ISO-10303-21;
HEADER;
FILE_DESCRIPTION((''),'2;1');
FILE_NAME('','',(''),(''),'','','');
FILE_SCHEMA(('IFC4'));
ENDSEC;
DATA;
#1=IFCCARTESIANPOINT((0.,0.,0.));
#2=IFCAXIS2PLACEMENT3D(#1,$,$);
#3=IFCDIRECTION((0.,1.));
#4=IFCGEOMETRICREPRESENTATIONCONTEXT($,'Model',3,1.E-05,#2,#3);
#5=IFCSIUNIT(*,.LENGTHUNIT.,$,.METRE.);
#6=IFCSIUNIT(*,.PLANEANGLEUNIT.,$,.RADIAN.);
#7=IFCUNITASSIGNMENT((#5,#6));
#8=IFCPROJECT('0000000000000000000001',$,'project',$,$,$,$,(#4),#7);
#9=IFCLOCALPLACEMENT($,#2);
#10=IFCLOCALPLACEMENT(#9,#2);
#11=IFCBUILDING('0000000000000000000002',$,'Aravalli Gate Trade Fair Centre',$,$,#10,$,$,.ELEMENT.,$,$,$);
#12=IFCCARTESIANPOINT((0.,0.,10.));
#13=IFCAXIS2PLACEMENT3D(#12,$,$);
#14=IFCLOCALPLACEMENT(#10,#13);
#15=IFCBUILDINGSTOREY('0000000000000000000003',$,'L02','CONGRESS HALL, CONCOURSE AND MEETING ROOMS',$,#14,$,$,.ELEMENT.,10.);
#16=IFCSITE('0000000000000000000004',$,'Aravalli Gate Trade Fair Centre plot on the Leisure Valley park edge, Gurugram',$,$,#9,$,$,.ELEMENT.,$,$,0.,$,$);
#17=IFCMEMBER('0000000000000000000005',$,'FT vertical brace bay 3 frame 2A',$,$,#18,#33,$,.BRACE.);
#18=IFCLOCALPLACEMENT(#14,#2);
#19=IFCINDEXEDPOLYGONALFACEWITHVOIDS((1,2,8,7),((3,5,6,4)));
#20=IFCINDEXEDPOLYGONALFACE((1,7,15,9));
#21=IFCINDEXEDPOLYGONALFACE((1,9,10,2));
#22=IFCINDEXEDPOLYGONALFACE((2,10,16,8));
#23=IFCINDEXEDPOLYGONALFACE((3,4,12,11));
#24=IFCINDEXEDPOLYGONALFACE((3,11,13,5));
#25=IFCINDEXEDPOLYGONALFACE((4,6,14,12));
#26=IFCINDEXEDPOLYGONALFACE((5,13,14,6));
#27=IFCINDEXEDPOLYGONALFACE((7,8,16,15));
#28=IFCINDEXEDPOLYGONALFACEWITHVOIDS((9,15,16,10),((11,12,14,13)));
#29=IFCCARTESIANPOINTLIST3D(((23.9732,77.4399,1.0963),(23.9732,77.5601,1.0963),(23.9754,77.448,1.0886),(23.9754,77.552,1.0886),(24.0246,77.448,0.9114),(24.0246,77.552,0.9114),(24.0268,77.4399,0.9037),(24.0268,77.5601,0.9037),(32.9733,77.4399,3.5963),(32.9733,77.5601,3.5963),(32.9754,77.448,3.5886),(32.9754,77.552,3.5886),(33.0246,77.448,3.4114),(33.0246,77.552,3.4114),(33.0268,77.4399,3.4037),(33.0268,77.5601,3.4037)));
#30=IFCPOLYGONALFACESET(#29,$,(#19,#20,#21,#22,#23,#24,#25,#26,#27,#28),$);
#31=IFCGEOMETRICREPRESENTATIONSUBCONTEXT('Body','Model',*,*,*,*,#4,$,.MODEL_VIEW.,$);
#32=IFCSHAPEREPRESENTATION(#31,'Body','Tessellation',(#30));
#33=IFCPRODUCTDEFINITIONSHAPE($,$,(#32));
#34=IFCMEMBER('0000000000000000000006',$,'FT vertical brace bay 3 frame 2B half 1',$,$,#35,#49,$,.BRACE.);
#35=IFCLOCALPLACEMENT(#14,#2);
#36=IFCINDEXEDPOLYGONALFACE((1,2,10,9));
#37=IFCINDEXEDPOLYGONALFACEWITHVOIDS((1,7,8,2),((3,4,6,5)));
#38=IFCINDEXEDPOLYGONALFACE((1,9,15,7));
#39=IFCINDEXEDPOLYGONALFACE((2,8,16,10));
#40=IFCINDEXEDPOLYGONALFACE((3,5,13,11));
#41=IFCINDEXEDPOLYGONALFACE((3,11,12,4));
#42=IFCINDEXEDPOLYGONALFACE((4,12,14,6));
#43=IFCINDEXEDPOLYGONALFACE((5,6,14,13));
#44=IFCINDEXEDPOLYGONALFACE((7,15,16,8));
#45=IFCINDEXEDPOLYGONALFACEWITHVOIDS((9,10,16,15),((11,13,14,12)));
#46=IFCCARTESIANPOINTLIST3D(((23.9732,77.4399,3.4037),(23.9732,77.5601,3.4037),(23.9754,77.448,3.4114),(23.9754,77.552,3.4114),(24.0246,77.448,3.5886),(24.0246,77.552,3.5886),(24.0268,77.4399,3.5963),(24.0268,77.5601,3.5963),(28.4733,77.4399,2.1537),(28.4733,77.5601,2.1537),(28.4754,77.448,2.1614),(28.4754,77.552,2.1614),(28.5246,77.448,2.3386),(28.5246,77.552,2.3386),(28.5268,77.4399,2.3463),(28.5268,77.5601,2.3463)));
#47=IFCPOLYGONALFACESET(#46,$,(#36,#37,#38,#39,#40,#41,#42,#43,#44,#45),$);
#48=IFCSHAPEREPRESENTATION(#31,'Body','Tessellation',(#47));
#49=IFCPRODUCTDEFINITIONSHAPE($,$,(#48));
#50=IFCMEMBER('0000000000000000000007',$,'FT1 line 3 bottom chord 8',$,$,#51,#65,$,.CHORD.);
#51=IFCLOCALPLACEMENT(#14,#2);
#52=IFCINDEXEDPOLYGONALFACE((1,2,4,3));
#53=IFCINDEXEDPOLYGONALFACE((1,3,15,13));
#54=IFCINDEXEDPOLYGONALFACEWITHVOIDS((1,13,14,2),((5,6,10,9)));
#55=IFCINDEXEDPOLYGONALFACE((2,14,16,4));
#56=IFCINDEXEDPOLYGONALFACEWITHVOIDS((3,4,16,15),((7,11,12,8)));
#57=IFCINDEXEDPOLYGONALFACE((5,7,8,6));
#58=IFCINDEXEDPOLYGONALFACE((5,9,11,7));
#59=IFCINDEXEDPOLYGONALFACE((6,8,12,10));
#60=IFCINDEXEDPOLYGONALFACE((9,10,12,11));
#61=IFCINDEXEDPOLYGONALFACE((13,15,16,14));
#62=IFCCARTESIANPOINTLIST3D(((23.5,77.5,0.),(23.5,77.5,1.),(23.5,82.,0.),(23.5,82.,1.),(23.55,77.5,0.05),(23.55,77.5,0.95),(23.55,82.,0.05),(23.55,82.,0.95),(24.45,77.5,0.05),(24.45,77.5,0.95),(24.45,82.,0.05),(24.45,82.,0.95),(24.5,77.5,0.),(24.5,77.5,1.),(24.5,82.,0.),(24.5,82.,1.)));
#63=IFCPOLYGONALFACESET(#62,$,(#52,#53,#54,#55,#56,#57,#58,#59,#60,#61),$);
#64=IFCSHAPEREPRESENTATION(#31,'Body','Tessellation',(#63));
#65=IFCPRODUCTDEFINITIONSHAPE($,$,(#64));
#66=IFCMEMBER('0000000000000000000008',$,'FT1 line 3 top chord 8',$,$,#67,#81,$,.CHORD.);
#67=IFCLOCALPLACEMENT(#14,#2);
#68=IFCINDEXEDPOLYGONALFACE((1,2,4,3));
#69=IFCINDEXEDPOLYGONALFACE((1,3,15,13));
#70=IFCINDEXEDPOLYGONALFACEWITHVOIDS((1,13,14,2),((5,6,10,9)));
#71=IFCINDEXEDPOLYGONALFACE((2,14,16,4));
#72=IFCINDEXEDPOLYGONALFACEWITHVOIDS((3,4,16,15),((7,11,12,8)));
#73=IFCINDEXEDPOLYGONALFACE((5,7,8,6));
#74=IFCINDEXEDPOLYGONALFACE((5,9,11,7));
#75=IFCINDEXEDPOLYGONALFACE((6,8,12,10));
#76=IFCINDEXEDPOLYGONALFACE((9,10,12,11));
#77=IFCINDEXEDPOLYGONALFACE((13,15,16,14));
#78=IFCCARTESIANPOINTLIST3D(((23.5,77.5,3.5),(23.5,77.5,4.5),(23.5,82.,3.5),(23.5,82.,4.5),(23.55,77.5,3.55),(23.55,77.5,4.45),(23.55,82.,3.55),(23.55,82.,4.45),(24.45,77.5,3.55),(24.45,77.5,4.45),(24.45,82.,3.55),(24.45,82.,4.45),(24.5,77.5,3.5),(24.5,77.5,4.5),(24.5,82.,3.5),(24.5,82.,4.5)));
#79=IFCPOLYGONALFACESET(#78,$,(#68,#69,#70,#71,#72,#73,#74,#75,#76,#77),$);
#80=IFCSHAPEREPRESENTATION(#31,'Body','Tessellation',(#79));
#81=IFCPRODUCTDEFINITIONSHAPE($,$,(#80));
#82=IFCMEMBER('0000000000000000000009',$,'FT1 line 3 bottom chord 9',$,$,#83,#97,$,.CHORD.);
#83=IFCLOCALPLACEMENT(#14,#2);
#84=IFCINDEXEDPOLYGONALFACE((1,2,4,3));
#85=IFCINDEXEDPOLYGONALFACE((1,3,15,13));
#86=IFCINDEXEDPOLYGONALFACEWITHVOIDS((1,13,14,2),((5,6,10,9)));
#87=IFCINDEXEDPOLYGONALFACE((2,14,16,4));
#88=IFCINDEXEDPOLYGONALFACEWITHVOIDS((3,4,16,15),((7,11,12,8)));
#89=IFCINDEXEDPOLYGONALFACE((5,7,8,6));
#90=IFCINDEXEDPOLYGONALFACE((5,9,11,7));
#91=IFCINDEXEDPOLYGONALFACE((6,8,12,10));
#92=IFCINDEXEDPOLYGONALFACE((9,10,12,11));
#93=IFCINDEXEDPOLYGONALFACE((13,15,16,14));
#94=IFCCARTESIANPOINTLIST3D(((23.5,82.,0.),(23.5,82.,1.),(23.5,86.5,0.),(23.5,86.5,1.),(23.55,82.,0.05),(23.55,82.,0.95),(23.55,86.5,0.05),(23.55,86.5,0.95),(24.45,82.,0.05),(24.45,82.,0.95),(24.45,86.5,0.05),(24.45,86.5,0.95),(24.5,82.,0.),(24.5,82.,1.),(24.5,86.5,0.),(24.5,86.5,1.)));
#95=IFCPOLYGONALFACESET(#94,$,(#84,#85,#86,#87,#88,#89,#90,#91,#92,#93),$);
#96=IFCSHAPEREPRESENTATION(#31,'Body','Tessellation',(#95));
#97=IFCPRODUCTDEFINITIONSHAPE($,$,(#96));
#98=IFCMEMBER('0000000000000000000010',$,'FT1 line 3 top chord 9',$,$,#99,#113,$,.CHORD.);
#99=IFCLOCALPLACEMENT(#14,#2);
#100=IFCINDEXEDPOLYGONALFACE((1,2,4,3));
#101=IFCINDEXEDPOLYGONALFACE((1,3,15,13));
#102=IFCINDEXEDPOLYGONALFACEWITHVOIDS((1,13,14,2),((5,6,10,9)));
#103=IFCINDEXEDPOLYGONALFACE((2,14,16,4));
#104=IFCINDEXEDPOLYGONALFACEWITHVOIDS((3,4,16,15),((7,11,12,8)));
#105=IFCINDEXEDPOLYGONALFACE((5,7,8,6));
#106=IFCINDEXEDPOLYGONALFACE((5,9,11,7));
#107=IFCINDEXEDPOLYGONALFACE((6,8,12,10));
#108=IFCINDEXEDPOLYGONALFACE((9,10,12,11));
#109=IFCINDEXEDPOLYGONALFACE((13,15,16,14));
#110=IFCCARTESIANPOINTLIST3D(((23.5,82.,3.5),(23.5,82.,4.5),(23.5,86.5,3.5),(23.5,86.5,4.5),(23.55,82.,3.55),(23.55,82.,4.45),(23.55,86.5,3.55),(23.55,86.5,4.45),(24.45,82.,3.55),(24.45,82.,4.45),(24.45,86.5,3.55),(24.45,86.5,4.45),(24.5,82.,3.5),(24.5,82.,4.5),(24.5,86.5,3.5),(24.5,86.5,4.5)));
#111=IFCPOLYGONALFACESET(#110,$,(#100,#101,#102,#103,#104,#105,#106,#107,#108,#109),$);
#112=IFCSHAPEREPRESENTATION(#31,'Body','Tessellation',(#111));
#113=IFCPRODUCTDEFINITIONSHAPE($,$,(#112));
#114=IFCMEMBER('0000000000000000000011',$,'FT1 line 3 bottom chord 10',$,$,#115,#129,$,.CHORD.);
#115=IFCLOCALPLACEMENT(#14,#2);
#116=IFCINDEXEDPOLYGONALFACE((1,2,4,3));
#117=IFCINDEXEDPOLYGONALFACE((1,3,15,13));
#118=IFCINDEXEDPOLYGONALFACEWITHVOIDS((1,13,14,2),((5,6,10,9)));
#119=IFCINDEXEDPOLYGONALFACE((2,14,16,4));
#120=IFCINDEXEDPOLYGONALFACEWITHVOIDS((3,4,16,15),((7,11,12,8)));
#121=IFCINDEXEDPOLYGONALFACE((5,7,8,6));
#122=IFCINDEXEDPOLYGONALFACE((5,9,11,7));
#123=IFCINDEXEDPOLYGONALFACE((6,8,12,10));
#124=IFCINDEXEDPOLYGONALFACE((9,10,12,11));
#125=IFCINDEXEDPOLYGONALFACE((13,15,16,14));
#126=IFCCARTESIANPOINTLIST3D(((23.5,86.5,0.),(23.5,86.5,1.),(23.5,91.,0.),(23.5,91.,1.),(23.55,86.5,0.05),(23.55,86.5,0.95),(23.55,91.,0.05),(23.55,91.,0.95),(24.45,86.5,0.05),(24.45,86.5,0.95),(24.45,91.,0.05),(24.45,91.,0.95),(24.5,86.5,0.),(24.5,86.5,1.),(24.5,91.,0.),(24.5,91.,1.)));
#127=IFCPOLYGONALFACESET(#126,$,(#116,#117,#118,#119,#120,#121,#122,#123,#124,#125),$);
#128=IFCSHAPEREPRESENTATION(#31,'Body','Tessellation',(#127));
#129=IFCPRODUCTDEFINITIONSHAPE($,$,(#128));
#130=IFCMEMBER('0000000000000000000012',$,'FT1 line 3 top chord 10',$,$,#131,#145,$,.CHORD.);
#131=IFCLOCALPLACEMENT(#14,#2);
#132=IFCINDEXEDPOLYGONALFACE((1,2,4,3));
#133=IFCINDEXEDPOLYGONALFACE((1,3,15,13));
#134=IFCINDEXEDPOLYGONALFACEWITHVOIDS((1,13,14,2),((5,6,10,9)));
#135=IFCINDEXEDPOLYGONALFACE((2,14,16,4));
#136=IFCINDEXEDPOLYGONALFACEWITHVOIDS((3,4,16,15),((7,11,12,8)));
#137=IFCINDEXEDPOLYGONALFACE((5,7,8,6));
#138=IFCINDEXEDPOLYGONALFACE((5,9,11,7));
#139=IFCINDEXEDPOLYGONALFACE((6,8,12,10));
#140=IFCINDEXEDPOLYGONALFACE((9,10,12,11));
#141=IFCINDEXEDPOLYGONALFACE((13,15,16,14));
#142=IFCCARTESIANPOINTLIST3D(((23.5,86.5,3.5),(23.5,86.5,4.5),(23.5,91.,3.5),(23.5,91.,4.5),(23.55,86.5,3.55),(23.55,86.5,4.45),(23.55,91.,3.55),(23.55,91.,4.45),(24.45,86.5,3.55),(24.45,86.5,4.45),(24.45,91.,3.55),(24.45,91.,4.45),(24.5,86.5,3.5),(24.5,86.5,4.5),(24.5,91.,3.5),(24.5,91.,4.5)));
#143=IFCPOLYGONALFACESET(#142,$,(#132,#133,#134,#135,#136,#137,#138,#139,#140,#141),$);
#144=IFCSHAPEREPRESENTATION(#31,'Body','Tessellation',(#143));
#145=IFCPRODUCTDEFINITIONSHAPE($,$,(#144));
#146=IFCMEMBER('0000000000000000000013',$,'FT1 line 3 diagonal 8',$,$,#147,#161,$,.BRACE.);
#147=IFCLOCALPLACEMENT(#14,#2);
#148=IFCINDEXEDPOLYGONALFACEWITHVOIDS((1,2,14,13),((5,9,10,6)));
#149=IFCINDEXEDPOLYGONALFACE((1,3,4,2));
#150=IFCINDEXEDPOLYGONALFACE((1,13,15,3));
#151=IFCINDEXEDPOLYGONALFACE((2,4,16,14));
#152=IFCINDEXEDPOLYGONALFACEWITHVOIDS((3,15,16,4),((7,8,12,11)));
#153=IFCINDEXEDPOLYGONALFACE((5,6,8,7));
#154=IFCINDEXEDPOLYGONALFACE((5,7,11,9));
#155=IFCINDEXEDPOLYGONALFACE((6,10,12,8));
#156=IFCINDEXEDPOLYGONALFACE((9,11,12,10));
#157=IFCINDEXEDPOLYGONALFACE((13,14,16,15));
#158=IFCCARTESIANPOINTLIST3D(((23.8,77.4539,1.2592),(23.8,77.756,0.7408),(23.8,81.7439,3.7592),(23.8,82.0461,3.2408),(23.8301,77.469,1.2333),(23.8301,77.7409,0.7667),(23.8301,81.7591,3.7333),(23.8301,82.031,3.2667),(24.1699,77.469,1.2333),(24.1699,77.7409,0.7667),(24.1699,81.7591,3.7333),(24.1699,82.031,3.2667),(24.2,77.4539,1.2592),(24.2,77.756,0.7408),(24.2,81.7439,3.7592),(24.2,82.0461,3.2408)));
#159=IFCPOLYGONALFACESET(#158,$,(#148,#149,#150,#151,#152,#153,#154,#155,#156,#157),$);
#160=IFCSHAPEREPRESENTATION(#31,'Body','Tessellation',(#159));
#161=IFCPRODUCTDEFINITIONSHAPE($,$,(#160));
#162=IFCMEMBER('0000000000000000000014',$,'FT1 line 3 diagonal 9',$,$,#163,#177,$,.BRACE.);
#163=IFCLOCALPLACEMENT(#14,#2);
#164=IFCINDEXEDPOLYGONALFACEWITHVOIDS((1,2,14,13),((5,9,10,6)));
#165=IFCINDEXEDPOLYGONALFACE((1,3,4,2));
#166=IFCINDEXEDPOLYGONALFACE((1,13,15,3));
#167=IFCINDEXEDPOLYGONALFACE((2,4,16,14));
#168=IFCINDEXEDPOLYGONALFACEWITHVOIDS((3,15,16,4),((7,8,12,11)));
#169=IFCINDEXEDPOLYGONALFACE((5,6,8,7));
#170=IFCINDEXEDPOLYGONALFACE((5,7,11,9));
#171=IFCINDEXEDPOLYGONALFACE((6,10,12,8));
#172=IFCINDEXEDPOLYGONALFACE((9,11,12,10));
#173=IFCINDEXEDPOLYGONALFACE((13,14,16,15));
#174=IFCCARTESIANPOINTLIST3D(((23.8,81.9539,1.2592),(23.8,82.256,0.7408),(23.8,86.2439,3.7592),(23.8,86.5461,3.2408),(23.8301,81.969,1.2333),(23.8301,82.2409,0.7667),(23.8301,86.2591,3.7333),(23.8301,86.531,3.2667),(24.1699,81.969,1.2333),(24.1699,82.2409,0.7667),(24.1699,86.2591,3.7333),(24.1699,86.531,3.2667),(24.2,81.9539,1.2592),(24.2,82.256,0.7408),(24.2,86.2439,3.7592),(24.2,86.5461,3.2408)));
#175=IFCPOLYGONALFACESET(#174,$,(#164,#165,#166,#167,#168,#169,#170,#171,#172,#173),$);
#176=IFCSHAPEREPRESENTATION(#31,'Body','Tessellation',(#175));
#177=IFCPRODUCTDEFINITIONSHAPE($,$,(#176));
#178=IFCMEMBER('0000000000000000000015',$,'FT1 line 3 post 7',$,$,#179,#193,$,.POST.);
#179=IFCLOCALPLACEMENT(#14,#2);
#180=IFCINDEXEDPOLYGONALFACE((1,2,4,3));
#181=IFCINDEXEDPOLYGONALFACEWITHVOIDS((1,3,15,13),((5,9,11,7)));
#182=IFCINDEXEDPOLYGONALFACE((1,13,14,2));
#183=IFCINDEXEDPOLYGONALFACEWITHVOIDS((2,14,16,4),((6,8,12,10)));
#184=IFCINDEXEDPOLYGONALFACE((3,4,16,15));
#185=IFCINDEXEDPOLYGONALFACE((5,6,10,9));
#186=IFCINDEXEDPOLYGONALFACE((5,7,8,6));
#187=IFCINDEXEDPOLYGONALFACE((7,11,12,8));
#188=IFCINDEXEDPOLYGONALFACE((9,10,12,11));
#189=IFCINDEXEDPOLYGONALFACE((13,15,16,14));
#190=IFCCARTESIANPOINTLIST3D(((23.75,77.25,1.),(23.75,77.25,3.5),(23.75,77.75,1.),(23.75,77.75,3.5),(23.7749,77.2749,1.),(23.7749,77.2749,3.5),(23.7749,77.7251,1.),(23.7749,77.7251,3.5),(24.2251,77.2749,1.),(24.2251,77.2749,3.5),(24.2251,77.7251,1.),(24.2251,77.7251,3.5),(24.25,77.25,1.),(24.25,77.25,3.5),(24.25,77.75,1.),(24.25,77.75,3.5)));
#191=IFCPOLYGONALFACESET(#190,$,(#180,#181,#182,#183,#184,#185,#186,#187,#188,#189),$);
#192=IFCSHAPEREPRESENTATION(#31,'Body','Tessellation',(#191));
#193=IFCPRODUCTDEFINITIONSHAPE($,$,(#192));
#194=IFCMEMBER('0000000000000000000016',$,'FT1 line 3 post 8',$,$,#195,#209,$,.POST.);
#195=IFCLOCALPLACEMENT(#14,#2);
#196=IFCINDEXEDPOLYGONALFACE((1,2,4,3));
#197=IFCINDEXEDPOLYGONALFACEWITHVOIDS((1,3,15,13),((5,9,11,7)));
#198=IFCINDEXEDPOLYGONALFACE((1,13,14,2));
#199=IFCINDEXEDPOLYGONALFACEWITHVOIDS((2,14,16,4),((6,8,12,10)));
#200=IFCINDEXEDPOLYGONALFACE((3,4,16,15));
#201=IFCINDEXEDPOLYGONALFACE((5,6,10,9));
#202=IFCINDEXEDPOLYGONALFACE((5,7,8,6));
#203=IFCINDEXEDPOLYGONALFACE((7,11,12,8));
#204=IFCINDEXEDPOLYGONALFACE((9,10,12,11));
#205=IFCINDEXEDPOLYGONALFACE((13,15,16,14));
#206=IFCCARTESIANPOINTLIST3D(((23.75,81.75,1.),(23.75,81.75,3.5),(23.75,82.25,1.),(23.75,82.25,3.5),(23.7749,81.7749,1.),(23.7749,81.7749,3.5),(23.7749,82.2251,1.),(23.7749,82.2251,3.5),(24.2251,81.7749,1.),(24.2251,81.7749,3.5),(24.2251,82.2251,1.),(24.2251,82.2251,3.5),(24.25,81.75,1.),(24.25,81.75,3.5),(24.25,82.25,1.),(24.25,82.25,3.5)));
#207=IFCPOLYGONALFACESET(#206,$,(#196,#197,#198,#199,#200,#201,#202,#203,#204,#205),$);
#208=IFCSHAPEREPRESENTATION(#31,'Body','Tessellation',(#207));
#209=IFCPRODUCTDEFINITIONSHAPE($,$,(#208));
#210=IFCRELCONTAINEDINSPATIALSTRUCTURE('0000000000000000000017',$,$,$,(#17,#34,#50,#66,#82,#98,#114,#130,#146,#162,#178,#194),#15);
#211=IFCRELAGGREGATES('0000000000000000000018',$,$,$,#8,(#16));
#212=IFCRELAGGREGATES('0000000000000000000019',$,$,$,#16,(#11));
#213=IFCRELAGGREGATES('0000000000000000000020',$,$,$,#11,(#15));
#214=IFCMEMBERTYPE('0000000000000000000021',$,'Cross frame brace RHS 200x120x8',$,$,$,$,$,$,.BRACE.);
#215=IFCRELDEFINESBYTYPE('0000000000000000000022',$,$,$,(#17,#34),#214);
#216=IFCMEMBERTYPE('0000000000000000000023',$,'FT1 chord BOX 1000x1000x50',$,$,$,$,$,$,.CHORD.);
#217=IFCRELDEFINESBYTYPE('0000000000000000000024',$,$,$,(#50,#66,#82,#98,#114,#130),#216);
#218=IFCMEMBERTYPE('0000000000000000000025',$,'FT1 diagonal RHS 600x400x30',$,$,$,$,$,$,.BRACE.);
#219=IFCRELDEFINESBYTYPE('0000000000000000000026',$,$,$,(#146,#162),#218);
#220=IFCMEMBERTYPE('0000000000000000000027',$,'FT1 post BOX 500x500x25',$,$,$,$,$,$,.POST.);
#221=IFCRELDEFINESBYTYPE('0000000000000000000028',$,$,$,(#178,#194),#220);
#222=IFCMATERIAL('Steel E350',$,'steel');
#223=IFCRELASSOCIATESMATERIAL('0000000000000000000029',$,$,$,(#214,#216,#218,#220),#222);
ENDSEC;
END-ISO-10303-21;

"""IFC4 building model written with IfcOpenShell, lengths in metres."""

from ifc_helpers import new_model, si_unit, direction, frame, origin, origin_2d, place, context, subcontext, project, spatial, hollow_rectangle, extrude, material, material_profile, profile_set, type_object, element, save


model = new_model("IFC4")

# Units and contexts
model_context = context("Model", 3, precision=1e-05, world=origin(), true_north=direction((0.0, 1.0)))
body_context = subcontext(model_context, "Body", "Model", "MODEL_VIEW")
ifc_project = project(units=[si_unit("LENGTHUNIT", "METRE"), si_unit("PLANEANGLEUNIT", "RADIAN")], contexts=[model_context])

# Site, building, storey
site_placement = place(None, origin())
site = spatial("IfcSite", under=ifc_project, at=site_placement, Name="Aravalli Gate Trade Fair Centre plot on the Leisure Valley park edge, Gurugram", CompositionType="ELEMENT", RefElevation=0.0)
building_placement = place(site_placement, origin())
building = spatial("IfcBuilding", under=site, at=building_placement, Name="Aravalli Gate Trade Fair Centre", CompositionType="ELEMENT")
storey_placement = place(building_placement, frame((0.0, 0.0, 10.0)))
storey = spatial("IfcBuildingStorey", under=building, at=storey_placement, Name="L02", Description="CONGRESS HALL, CONCOURSE AND MEETING ROOMS", CompositionType="ELEMENT", Elevation=10.0)

# Members
ifc_material = material(Name="Steel E350", Category="steel")
ifc_material_profile_1 = material_profile(ifc_material, hollow_rectangle(XDim=0.1201, YDim=0.2, WallThickness=0.0081, at=origin_2d()), Name="RHS 200x120x8")
ifc_profile_set_1 = profile_set([ifc_material_profile_1], Name="Steel E350")
member_type_1 = type_object("IfcMemberType", Name="Cross frame brace RHS 200x120x8", PredefinedType="BRACE", material=ifc_profile_set_1)
member_1_placement = place(storey_placement, frame((24.0, 77.5, 1.0), z_axis=(0.963518, 0.0, 0.267644), x_axis=(0.0, 1.0, 0.0)))
element("IfcMember", 1, at=member_1_placement, inside=storey, type_object=member_type_1, Name="FT vertical brace bay 3 frame 2A", PredefinedType="BRACE", context=body_context, shape_type="SweptSolid", body=[
    extrude(hollow_rectangle(XDim=0.1201, YDim=0.2, WallThickness=0.0081, at=origin_2d()), origin(), (0.0, 0.0, 1.0), 9.3408),
])
member_2_placement = place(storey_placement, frame((24.0, 77.5, 3.5), z_axis=(0.963518, 0.0, -0.267644), x_axis=(0.0, 1.0, 0.0)))
element("IfcMember", 2, at=member_2_placement, inside=storey, type_object=member_type_1, Name="FT vertical brace bay 3 frame 2B half 1", PredefinedType="BRACE", context=body_context, shape_type="SweptSolid", body=[
    extrude(hollow_rectangle(XDim=0.1201, YDim=0.2, WallThickness=0.0081, at=origin_2d()), origin(), (0.0, 0.0, 1.0), 4.6704),
])
ifc_material_profile_2 = material_profile(ifc_material, hollow_rectangle(XDim=1.0, YDim=1.0, WallThickness=0.05, at=origin_2d()), Name="BOX 1000x1000x50")
ifc_profile_set_2 = profile_set([ifc_material_profile_2], Name="Steel E350")
member_type_2 = type_object("IfcMemberType", Name="FT1 chord BOX 1000x1000x50", PredefinedType="CHORD", material=ifc_profile_set_2)
for number, where, z_axis, x_axis, name in (
    (3, (24.0, 77.5, 0.5), (0.0, 1.0, 0.0), (-1.0, 0.0, 0.0), "FT1 line 3 bottom chord 8"),
    (4, (24.0, 77.5, 4.0), (0.0, 1.0, 0.0), (-1.0, 0.0, 0.0), "FT1 line 3 top chord 8"),
    (5, (24.0, 82.0, 0.5), (0.0, 1.0, 0.0), (-1.0, 0.0, 0.0), "FT1 line 3 bottom chord 9"),
    (6, (24.0, 82.0, 4.0), (0.0, 1.0, 0.0), (-1.0, 0.0, 0.0), "FT1 line 3 top chord 9"),
    (7, (24.0, 86.5, 0.5), (0.0, 1.0, 0.0), (-1.0, 0.0, 0.0), "FT1 line 3 bottom chord 10"),
    (8, (24.0, 86.5, 4.0), (0.0, 1.0, 0.0), (-1.0, 0.0, 0.0), "FT1 line 3 top chord 10"),
):
    element("IfcMember", number, at=place(storey_placement, frame(where, z_axis=z_axis, x_axis=x_axis)), inside=storey, type_object=member_type_2, Name=name, PredefinedType="CHORD", context=body_context, shape_type="SweptSolid", body=[
        extrude(hollow_rectangle(XDim=1.0, YDim=1.0, WallThickness=0.05, at=origin_2d()), origin(), (0.0, 0.0, 1.0), 4.5),
    ])
ifc_material_profile_3 = material_profile(ifc_material, hollow_rectangle(XDim=0.3999, YDim=0.6001, WallThickness=0.03, at=origin_2d()), Name="RHS 600x400x30")
ifc_profile_set_3 = profile_set([ifc_material_profile_3], Name="Steel E350")
member_type_3 = type_object("IfcMemberType", Name="FT1 diagonal RHS 600x400x30", PredefinedType="BRACE", material=ifc_profile_set_3)
for number, where, z_axis, x_axis, name in (
    (9, (24.0, 81.895, 3.5), (0.0, -0.864, -0.503492), (1.0, 0.0, 0.0), "FT1 line 3 diagonal 8"),
    (10, (24.0, 86.395, 3.5), (0.0, -0.864, -0.503492), (1.0, 0.0, 0.0), "FT1 line 3 diagonal 9"),
):
    element("IfcMember", number, at=place(storey_placement, frame(where, z_axis=z_axis, x_axis=x_axis)), inside=storey, type_object=member_type_3, Name=name, PredefinedType="BRACE", context=body_context, shape_type="SweptSolid", body=[
        extrude(hollow_rectangle(XDim=0.3999, YDim=0.6001, WallThickness=0.03, at=origin_2d()), origin(), (0.0, 0.0, 1.0), 4.9653),
    ])
ifc_material_profile_4 = material_profile(ifc_material, hollow_rectangle(XDim=0.5, YDim=0.5, WallThickness=0.0249, at=origin_2d()), Name="BOX 500x500x25")
ifc_profile_set_4 = profile_set([ifc_material_profile_4], Name="Steel E350")
member_type_4 = type_object("IfcMemberType", Name="FT1 post BOX 500x500x25", PredefinedType="POST", material=ifc_profile_set_4)
for number, where, z_axis, x_axis, name in (
    (11, (24.0, 77.5, 1.0), (0.0, 0.0, 1.0), (1.0, 0.0, 0.0), "FT1 line 3 post 7"),
    (12, (24.0, 82.0, 1.0), (0.0, 0.0, 1.0), (1.0, 0.0, 0.0), "FT1 line 3 post 8"),
):
    element("IfcMember", number, at=place(storey_placement, frame(where, z_axis=z_axis, x_axis=x_axis)), inside=storey, type_object=member_type_4, Name=name, PredefinedType="POST", context=body_context, shape_type="SweptSolid", body=[
        extrude(hollow_rectangle(XDim=0.5, YDim=0.5, WallThickness=0.0249, at=origin_2d()), origin(), (0.0, 0.0, 1.0), 2.5),
    ])

save(model, "model.ifc")
